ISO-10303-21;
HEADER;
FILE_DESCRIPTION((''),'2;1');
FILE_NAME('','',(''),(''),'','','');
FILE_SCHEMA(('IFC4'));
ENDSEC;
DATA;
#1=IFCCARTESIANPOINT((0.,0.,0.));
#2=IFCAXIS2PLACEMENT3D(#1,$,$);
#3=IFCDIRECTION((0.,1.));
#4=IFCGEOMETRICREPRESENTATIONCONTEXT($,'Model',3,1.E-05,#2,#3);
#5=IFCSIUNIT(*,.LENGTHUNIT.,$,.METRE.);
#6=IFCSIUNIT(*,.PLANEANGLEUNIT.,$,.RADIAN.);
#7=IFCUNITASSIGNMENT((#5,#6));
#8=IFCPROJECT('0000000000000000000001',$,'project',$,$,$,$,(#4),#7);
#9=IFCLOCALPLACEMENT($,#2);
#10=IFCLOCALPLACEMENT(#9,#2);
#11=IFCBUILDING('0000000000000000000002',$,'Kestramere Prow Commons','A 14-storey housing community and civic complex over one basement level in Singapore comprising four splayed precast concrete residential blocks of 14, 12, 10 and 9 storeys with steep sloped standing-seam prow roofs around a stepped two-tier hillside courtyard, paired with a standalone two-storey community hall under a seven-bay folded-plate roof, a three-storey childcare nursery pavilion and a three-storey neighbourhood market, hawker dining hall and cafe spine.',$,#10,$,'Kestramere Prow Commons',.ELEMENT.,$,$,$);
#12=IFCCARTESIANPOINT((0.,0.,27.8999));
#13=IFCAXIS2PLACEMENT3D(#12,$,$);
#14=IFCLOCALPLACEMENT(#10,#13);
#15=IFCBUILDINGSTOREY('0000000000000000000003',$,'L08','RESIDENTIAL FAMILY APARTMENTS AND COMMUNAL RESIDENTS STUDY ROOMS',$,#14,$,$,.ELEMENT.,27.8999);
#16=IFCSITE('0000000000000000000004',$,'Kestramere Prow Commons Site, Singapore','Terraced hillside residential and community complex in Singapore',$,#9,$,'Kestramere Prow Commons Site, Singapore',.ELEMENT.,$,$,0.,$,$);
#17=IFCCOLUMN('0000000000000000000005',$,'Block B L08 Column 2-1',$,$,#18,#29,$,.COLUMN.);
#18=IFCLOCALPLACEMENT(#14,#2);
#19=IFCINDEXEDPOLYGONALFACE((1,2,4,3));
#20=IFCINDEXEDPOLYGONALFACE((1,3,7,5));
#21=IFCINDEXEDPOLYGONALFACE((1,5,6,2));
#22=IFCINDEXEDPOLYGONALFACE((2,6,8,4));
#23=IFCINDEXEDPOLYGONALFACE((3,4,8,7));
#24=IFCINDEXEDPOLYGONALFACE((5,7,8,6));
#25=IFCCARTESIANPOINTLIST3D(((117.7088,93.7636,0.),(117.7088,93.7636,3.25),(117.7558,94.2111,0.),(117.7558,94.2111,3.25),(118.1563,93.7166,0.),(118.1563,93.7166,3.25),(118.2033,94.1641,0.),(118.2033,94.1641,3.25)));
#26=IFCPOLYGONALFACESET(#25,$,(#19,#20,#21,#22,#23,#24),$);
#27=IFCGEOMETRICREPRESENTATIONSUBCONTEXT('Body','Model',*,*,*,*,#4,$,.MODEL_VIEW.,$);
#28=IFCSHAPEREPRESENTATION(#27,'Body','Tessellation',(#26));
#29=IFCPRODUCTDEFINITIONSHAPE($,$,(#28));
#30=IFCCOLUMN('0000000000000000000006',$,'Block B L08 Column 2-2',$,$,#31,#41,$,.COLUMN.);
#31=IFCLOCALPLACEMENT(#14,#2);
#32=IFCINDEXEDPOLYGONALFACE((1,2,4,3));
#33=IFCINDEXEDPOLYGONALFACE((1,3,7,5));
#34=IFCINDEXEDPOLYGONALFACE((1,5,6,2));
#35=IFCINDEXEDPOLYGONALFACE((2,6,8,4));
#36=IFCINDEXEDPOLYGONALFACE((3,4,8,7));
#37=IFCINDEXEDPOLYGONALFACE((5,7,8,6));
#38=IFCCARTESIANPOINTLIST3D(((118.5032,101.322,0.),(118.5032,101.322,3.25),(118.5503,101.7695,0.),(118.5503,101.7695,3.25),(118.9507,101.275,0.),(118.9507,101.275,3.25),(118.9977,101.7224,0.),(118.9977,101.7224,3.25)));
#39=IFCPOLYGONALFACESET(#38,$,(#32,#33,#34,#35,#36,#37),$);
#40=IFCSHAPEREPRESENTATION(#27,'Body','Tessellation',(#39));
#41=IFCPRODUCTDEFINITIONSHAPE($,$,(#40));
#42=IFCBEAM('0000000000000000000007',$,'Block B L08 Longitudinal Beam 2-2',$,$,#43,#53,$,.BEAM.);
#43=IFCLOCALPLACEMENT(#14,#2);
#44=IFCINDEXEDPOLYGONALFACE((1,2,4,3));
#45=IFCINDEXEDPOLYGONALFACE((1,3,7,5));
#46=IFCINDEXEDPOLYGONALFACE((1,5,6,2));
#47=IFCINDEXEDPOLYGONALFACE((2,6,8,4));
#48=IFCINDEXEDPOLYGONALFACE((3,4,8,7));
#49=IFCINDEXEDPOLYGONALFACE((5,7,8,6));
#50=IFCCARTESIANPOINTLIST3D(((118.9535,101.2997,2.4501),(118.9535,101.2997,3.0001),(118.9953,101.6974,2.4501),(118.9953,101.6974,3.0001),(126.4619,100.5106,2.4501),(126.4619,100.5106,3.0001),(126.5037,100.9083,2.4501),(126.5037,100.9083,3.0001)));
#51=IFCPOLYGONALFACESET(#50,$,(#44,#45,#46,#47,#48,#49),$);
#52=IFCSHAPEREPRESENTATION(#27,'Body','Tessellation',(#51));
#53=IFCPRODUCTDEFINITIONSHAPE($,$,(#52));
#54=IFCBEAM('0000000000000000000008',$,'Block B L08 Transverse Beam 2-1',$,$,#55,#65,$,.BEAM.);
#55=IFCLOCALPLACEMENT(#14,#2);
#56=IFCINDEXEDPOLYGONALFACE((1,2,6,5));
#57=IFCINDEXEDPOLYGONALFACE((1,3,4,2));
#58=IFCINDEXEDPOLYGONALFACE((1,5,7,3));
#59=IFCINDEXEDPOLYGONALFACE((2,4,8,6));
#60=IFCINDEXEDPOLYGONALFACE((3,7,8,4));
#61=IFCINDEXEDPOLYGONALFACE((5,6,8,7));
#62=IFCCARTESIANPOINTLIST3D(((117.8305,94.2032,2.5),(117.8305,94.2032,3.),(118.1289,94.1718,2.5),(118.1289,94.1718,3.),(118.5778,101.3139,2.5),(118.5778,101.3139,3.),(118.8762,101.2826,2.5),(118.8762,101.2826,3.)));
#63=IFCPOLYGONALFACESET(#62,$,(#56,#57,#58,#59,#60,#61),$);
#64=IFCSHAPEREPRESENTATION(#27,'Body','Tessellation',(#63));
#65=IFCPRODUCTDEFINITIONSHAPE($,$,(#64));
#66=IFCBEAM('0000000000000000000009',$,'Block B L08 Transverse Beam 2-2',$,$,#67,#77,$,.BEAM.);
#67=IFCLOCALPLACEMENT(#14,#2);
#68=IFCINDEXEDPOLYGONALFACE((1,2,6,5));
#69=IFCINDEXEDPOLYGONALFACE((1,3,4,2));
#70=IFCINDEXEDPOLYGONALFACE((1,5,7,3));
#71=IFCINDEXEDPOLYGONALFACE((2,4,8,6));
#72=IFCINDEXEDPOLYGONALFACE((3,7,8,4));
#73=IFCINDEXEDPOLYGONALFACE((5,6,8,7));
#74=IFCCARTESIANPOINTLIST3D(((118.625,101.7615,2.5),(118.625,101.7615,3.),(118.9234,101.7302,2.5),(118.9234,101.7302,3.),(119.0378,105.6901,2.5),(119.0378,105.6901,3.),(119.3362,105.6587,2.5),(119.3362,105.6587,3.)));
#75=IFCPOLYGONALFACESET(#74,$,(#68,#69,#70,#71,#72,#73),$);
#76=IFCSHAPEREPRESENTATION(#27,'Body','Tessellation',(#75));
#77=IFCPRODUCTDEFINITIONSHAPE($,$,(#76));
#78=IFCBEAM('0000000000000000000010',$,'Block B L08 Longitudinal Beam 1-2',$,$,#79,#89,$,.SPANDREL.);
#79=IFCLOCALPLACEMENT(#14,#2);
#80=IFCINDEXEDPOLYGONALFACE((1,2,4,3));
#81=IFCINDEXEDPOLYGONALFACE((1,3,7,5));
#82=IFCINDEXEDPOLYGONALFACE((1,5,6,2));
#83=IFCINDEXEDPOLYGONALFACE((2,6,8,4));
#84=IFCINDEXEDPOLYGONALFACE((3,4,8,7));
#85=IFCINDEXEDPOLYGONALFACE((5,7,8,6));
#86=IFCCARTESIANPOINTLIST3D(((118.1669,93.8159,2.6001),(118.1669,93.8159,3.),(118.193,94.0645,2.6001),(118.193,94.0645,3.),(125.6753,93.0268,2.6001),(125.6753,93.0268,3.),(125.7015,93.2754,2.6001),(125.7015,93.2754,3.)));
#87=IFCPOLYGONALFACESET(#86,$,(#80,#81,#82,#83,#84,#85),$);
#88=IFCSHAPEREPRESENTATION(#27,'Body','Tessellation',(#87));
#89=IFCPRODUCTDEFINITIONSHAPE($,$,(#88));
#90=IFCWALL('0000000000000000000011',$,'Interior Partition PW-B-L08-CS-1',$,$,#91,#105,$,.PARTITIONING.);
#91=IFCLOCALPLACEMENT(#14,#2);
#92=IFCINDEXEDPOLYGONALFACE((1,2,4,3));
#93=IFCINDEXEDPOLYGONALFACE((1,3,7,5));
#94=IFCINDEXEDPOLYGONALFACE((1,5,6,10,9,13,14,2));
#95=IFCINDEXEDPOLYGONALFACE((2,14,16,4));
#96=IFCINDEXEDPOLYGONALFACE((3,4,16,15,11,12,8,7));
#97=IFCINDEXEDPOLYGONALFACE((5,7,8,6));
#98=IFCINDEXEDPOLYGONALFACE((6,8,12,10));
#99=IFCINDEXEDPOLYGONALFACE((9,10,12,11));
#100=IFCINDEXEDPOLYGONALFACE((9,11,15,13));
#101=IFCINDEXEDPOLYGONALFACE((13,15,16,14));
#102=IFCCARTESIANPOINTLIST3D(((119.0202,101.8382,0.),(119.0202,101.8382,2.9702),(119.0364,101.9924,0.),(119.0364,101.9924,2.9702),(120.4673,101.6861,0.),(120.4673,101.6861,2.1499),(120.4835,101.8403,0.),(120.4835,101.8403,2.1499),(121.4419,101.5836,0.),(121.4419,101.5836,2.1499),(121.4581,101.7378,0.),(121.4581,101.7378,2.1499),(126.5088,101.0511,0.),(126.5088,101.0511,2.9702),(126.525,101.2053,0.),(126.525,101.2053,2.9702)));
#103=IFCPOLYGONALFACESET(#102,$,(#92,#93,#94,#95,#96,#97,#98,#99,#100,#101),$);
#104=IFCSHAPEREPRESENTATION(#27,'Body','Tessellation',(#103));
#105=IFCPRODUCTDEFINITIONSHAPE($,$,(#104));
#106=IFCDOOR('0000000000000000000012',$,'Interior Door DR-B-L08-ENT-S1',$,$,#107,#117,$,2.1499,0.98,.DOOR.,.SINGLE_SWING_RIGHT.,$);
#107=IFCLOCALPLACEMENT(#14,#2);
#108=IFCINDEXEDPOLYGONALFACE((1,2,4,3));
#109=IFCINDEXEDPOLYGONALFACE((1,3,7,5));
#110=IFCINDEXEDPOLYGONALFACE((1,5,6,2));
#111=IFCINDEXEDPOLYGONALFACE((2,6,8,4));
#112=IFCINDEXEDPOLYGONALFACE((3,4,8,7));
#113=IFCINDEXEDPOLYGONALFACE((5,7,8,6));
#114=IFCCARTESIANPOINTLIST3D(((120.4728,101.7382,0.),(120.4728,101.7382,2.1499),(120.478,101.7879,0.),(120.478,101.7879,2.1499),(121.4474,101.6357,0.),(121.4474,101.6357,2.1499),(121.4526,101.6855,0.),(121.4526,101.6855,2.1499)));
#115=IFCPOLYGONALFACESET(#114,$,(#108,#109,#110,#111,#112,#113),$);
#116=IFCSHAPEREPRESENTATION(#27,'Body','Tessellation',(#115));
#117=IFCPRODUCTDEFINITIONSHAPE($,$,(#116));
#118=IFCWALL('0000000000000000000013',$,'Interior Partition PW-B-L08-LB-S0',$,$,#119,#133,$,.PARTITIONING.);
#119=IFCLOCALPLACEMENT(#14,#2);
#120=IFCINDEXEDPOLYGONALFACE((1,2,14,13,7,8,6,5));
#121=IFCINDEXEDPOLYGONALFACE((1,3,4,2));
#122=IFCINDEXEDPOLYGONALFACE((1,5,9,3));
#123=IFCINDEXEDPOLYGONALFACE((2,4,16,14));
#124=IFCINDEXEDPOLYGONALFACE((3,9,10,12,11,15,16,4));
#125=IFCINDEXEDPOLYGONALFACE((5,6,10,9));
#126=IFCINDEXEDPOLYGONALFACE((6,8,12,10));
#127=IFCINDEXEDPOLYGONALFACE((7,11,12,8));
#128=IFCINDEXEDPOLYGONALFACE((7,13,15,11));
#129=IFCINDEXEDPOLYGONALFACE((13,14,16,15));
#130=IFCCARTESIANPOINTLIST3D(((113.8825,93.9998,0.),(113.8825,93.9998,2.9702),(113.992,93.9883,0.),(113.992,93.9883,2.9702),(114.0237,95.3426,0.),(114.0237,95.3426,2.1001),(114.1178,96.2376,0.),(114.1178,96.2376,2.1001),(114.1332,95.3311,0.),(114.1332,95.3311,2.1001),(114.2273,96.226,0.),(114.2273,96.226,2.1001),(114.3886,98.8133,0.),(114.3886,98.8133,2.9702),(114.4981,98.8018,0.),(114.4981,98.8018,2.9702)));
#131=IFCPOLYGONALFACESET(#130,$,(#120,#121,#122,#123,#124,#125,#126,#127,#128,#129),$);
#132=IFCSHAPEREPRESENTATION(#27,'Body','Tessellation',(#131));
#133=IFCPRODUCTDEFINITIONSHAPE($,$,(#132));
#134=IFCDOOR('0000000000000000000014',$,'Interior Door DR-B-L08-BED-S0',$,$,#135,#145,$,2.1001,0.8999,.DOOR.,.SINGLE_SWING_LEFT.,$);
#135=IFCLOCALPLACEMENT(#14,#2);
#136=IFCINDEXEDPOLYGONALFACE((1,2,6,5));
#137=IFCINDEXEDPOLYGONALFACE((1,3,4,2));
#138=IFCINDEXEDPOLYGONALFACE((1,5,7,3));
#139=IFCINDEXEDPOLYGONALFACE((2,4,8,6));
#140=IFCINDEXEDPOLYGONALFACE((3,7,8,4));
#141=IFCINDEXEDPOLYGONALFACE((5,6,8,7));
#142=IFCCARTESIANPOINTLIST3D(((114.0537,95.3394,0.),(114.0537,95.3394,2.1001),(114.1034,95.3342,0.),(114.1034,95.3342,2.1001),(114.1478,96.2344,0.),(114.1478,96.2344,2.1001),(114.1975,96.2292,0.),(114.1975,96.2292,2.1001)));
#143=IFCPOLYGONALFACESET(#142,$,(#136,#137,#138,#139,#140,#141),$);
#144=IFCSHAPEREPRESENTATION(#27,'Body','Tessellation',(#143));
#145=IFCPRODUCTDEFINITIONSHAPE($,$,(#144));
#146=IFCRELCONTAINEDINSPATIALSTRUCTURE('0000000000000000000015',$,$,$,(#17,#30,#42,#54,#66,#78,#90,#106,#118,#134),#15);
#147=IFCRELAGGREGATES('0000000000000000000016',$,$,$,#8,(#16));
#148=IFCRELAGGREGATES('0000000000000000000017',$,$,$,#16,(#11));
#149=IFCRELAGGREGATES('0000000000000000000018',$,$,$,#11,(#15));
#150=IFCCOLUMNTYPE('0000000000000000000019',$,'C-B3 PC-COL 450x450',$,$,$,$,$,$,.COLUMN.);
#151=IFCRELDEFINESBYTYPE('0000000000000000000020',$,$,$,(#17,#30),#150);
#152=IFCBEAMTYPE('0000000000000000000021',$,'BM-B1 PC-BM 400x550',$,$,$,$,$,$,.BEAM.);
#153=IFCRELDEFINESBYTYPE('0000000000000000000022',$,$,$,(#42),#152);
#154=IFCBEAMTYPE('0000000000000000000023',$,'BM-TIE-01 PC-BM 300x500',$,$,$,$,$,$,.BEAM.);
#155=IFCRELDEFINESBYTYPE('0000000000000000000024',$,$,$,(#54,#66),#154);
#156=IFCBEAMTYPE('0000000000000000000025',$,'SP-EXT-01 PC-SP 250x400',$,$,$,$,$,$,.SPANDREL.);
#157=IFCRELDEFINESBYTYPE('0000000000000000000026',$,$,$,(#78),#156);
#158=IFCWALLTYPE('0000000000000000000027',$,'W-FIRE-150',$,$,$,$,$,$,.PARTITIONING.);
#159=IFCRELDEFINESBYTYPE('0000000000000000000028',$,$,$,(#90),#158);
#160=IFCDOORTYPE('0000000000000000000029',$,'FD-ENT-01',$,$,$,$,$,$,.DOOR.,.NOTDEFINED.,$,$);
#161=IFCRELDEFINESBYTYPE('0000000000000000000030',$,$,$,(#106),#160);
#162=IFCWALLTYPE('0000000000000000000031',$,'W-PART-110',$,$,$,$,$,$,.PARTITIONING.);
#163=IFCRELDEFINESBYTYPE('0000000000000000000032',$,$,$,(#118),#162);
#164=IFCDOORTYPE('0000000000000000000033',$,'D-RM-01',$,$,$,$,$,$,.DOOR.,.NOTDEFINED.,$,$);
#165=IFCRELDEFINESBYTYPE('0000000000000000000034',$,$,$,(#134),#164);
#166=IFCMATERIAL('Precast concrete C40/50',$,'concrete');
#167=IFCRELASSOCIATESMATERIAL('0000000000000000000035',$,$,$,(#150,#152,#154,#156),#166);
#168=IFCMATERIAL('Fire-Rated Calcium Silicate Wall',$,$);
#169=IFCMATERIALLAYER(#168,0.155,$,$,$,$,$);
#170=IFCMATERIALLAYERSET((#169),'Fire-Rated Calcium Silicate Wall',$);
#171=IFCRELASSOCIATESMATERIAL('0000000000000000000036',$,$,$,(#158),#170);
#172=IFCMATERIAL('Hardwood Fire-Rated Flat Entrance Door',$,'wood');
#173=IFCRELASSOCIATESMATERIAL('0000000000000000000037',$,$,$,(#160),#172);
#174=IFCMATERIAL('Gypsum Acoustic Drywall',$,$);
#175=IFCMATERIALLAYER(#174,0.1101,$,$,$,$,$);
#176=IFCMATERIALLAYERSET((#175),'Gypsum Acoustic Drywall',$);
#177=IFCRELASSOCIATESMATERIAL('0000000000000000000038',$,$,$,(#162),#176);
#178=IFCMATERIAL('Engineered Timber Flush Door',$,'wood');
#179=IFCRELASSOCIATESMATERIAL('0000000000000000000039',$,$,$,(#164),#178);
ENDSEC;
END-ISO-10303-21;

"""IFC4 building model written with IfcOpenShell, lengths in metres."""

from ifc_helpers import new_model, si_unit, direction, frame, frame_2d, origin, origin_2d, place, context, subcontext, project, spatial, rectangle, extrude, material, layer, layer_set, material_profile, profile_set, type_object, element, fill, save


model = new_model("IFC4")

# Units and contexts
model_context = context("Model", 3, precision=1e-05, world=origin(), true_north=direction((0.0, 1.0)))
body_context = subcontext(model_context, "Body", "Model", "MODEL_VIEW")
ifc_project = project(units=[si_unit("LENGTHUNIT", "METRE"), si_unit("PLANEANGLEUNIT", "RADIAN")], contexts=[model_context])

# Site, building, storey
site_placement = place(None, origin())
site = spatial("IfcSite", under=ifc_project, at=site_placement, Name="Kestramere Prow Commons Site, Singapore", Description="Terraced hillside residential and community complex in Singapore", LongName="Kestramere Prow Commons Site, Singapore", CompositionType="ELEMENT", RefElevation=0.0)
building_placement = place(site_placement, origin())
building = spatial("IfcBuilding", under=site, at=building_placement, Name="Kestramere Prow Commons", Description="A 14-storey housing community and civic complex over one basement level in Singapore comprising four splayed precast concrete residential blocks of 14, 12, 10 and 9 storeys with steep sloped standing-seam prow roofs around a stepped two-tier hillside courtyard, paired with a standalone two-storey community hall under a seven-bay folded-plate roof, a three-storey childcare nursery pavilion and a three-storey neighbourhood market, hawker dining hall and cafe spine.", LongName="Kestramere Prow Commons", CompositionType="ELEMENT")
storey_placement = place(building_placement, frame((0.0, 0.0, 27.8999)))
storey = spatial("IfcBuildingStorey", under=building, at=storey_placement, Name="L08", Description="RESIDENTIAL FAMILY APARTMENTS AND COMMUNAL RESIDENTS STUDY ROOMS", CompositionType="ELEMENT", Elevation=27.8999)

# Columns
ifc_material_1 = material(Name="Precast concrete C40/50", Category="concrete")
ifc_material_profile_1 = material_profile(ifc_material_1, rectangle(XDim=0.45, YDim=0.45, at=origin_2d()), Name="PC-COL 450x450")
ifc_profile_set_1 = profile_set([ifc_material_profile_1], Name="Precast concrete C40/50")
column_type = type_object("IfcColumnType", Name="C-B3 PC-COL 450x450", PredefinedType="COLUMN", material=ifc_profile_set_1)
for number, where, z_axis, x_axis, name in (
    (1, (117.9561, 93.9639, 0.0), (0.0, 0.0, 1.0), (0.994522, -0.104528, 0.0), "Block B L08 Column 2-1"),
    (2, (118.7505, 101.5222, 0.0), (0.0, 0.0, 1.0), (0.994522, -0.104528, 0.0), "Block B L08 Column 2-2"),
):
    element("IfcColumn", number, at=place(storey_placement, frame(where, z_axis=z_axis, x_axis=x_axis)), inside=storey, type_object=column_type, Name=name, PredefinedType="COLUMN", context=body_context, shape_type="SweptSolid", body=[
        extrude(rectangle(XDim=0.45, YDim=0.45, at=origin_2d()), origin(), (0.0, 0.0, 1.0), 3.25),
    ])

# Beams
ifc_material_profile_2 = material_profile(ifc_material_1, rectangle(XDim=0.3999, YDim=0.55, at=origin_2d()), Name="PC-BM 400x550")
ifc_profile_set_2 = profile_set([ifc_material_profile_2], Name="Precast concrete C40/50")
beam_type_1 = type_object("IfcBeamType", Name="BM-B1 PC-BM 400x550", PredefinedType="BEAM", material=ifc_profile_set_2)
beam_1_placement = place(storey_placement, frame((118.9744, 101.4985, 2.7251), z_axis=(0.994524, -0.104513, 0.0), x_axis=(0.104513, 0.994524, 0.0)))
element("IfcBeam", 3, at=beam_1_placement, inside=storey, type_object=beam_type_1, Name="Block B L08 Longitudinal Beam 2-2", PredefinedType="BEAM", context=body_context, shape_type="SweptSolid", body=[
    extrude(rectangle(XDim=0.3999, YDim=0.55, at=origin_2d()), origin(), (0.0, 0.0, 1.0), 7.5498),
])
ifc_material_profile_3 = material_profile(ifc_material_1, rectangle(XDim=0.3, YDim=0.5, at=origin_2d()), Name="PC-BM 300x500")
ifc_profile_set_3 = profile_set([ifc_material_profile_3], Name="Precast concrete C40/50")
beam_type_2 = type_object("IfcBeamType", Name="BM-TIE-01 PC-BM 300x500", PredefinedType="BEAM", material=ifc_profile_set_3)
beam_2_placement = place(storey_placement, frame((117.9797, 94.1875, 2.75), z_axis=(0.104519, 0.994523, 0.0), x_axis=(-0.994523, 0.104519, 0.0)))
element("IfcBeam", 4, at=beam_2_placement, inside=storey, type_object=beam_type_2, Name="Block B L08 Transverse Beam 2-1", PredefinedType="BEAM", context=body_context, shape_type="SweptSolid", body=[
    extrude(rectangle(XDim=0.3, YDim=0.5, at=origin_2d()), origin(), (0.0, 0.0, 1.0), 7.1499),
])
beam_3_placement = place(storey_placement, frame((118.7742, 101.7458, 2.75), z_axis=(0.104514, 0.994523, 0.0), x_axis=(-0.994523, 0.104514, 0.0)))
element("IfcBeam", 5, at=beam_3_placement, inside=storey, type_object=beam_type_2, Name="Block B L08 Transverse Beam 2-2", PredefinedType="BEAM", context=body_context, shape_type="SweptSolid", body=[
    extrude(rectangle(XDim=0.3, YDim=0.5, at=origin_2d()), origin(), (0.0, 0.0, 1.0), 3.9502),
])
ifc_material_profile_4 = material_profile(ifc_material_1, rectangle(XDim=0.25, YDim=0.3999, at=origin_2d()), Name="PC-SP 250x400")
ifc_profile_set_4 = profile_set([ifc_material_profile_4], Name="Precast concrete C40/50")
beam_type_3 = type_object("IfcBeamType", Name="SP-EXT-01 PC-SP 250x400", PredefinedType="SPANDREL", material=ifc_profile_set_4)
beam_4_placement = place(storey_placement, frame((118.1799, 93.9402, 2.8), z_axis=(0.994524, -0.104513, 0.0), x_axis=(0.104513, 0.994524, 0.0)))
element("IfcBeam", 6, at=beam_4_placement, inside=storey, type_object=beam_type_3, Name="Block B L08 Longitudinal Beam 1-2", PredefinedType="SPANDREL", context=body_context, shape_type="SweptSolid", body=[
    extrude(rectangle(XDim=0.25, YDim=0.3999, at=origin_2d()), origin(), (0.0, 0.0, 1.0), 7.5498),
])

# Walls, openings, doors
ifc_material_2 = material(Name="Fire-Rated Calcium Silicate Wall")
ifc_layer_1 = layer(ifc_material_2, 0.155)
ifc_layer_set_1 = layer_set([ifc_layer_1], Name="Fire-Rated Calcium Silicate Wall")
wall_type_1 = type_object("IfcWallType", Name="W-FIRE-150", PredefinedType="PARTITIONING", material=ifc_layer_set_1)
wall_1_placement = place(storey_placement, frame((119.0283, 101.9153, 0.0), z_axis=(0.0, 0.0, 1.0), x_axis=(0.994521, -0.104533, 0.0)))
wall_1 = element("IfcWall", 7, at=wall_1_placement, inside=storey, type_object=wall_type_1, Name="Interior Partition PW-B-L08-CS-1", PredefinedType="PARTITIONING", context=body_context, shape_type="SweptSolid", body=[
    extrude(rectangle(XDim=7.5298, YDim=0.155, at=frame_2d((3.7649, 0.0))), origin(), (0.0, 0.0, 1.0), 2.9702),
])
opening_1_placement = place(wall_1_placement, frame((1.4551, 0.0, 0.0)))
opening_1 = element("IfcOpeningElement", 8, at=opening_1_placement, cuts=wall_1, PredefinedType="OPENING", context=body_context, shape_type="SweptSolid", body=[
    extrude(rectangle(XDim=0.98, YDim=2.1499, at=frame_2d((0.49, 1.075))), frame((0.0, 0.0925, 0.0), z_axis=(0.0, -1.0, 0.0), x_axis=(1.0, 0.0, 0.0)), (0.0, 0.0, 1.0), 0.1851),
])
ifc_material_3 = material(Name="Hardwood Fire-Rated Flat Entrance Door", Category="wood")
door_type_1 = type_object("IfcDoorType", Name="FD-ENT-01", OperationType="NOTDEFINED", PredefinedType="DOOR", material=ifc_material_3)
door_1_placement = place(opening_1_placement, origin())
door_1 = element("IfcDoor", 9, at=door_1_placement, inside=storey, type_object=door_type_1, Name="Interior Door DR-B-L08-ENT-S1", OperationType="SINGLE_SWING_RIGHT", OverallHeight=2.1499, OverallWidth=0.98, PredefinedType="DOOR", context=body_context, shape_type="SweptSolid", body=[
    extrude(rectangle(XDim=0.98, YDim=2.1499, at=frame_2d((0.49, 1.075))), frame((0.0, 0.0249, 0.0), z_axis=(0.0, -1.0, 0.0), x_axis=(1.0, 0.0, 0.0)), (0.0, 0.0, 1.0), 0.05),
])
fill(opening_1, door_1)
ifc_material_4 = material(Name="Gypsum Acoustic Drywall")
ifc_layer_2 = layer(ifc_material_4, 0.1101)
ifc_layer_set_2 = layer_set([ifc_layer_2], Name="Gypsum Acoustic Drywall")
wall_type_2 = type_object("IfcWallType", Name="W-PART-110", PredefinedType="PARTITIONING", material=ifc_layer_set_2)
wall_2_placement = place(storey_placement, frame((113.9373, 93.9941, 0.0), z_axis=(0.0, 0.0, 1.0), x_axis=(0.104567, 0.994518, 0.0)))
wall_2 = element("IfcWall", 10, at=wall_2_placement, inside=storey, type_object=wall_type_2, Name="Interior Partition PW-B-L08-LB-S0", PredefinedType="PARTITIONING", context=body_context, shape_type="SweptSolid", body=[
    extrude(rectangle(XDim=4.8401, YDim=0.1101, at=frame_2d((2.4199, 0.0))), origin(), (0.0, 0.0, 1.0), 2.9702),
])
opening_2_placement = place(wall_2_placement, frame((1.3501, 0.0, 0.0)))
opening_2 = element("IfcOpeningElement", 11, at=opening_2_placement, cuts=wall_2, PredefinedType="OPENING", context=body_context, shape_type="SweptSolid", body=[
    extrude(rectangle(XDim=0.8999, YDim=2.1001, at=frame_2d((0.45, 1.05))), frame((0.0, 0.0701, 0.0), z_axis=(0.0, -1.0, 0.0), x_axis=(1.0, 0.0, 0.0)), (0.0, 0.0, 1.0), 0.1401),
])
ifc_material_5 = material(Name="Engineered Timber Flush Door", Category="wood")
door_type_2 = type_object("IfcDoorType", Name="D-RM-01", OperationType="NOTDEFINED", PredefinedType="DOOR", material=ifc_material_5)
door_2_placement = place(opening_2_placement, origin())
door_2 = element("IfcDoor", 12, at=door_2_placement, inside=storey, type_object=door_type_2, Name="Interior Door DR-B-L08-BED-S0", OperationType="SINGLE_SWING_LEFT", OverallHeight=2.1001, OverallWidth=0.8999, PredefinedType="DOOR", context=body_context, shape_type="SweptSolid", body=[
    extrude(rectangle(XDim=0.8999, YDim=2.1001, at=frame_2d((0.45, 1.05))), frame((0.0, 0.0249, 0.0), z_axis=(0.0, -1.0, 0.0), x_axis=(1.0, 0.0, 0.0)), (0.0, 0.0, 1.0), 0.05),
])
fill(opening_2, door_2)

save(model, "model.ifc")
